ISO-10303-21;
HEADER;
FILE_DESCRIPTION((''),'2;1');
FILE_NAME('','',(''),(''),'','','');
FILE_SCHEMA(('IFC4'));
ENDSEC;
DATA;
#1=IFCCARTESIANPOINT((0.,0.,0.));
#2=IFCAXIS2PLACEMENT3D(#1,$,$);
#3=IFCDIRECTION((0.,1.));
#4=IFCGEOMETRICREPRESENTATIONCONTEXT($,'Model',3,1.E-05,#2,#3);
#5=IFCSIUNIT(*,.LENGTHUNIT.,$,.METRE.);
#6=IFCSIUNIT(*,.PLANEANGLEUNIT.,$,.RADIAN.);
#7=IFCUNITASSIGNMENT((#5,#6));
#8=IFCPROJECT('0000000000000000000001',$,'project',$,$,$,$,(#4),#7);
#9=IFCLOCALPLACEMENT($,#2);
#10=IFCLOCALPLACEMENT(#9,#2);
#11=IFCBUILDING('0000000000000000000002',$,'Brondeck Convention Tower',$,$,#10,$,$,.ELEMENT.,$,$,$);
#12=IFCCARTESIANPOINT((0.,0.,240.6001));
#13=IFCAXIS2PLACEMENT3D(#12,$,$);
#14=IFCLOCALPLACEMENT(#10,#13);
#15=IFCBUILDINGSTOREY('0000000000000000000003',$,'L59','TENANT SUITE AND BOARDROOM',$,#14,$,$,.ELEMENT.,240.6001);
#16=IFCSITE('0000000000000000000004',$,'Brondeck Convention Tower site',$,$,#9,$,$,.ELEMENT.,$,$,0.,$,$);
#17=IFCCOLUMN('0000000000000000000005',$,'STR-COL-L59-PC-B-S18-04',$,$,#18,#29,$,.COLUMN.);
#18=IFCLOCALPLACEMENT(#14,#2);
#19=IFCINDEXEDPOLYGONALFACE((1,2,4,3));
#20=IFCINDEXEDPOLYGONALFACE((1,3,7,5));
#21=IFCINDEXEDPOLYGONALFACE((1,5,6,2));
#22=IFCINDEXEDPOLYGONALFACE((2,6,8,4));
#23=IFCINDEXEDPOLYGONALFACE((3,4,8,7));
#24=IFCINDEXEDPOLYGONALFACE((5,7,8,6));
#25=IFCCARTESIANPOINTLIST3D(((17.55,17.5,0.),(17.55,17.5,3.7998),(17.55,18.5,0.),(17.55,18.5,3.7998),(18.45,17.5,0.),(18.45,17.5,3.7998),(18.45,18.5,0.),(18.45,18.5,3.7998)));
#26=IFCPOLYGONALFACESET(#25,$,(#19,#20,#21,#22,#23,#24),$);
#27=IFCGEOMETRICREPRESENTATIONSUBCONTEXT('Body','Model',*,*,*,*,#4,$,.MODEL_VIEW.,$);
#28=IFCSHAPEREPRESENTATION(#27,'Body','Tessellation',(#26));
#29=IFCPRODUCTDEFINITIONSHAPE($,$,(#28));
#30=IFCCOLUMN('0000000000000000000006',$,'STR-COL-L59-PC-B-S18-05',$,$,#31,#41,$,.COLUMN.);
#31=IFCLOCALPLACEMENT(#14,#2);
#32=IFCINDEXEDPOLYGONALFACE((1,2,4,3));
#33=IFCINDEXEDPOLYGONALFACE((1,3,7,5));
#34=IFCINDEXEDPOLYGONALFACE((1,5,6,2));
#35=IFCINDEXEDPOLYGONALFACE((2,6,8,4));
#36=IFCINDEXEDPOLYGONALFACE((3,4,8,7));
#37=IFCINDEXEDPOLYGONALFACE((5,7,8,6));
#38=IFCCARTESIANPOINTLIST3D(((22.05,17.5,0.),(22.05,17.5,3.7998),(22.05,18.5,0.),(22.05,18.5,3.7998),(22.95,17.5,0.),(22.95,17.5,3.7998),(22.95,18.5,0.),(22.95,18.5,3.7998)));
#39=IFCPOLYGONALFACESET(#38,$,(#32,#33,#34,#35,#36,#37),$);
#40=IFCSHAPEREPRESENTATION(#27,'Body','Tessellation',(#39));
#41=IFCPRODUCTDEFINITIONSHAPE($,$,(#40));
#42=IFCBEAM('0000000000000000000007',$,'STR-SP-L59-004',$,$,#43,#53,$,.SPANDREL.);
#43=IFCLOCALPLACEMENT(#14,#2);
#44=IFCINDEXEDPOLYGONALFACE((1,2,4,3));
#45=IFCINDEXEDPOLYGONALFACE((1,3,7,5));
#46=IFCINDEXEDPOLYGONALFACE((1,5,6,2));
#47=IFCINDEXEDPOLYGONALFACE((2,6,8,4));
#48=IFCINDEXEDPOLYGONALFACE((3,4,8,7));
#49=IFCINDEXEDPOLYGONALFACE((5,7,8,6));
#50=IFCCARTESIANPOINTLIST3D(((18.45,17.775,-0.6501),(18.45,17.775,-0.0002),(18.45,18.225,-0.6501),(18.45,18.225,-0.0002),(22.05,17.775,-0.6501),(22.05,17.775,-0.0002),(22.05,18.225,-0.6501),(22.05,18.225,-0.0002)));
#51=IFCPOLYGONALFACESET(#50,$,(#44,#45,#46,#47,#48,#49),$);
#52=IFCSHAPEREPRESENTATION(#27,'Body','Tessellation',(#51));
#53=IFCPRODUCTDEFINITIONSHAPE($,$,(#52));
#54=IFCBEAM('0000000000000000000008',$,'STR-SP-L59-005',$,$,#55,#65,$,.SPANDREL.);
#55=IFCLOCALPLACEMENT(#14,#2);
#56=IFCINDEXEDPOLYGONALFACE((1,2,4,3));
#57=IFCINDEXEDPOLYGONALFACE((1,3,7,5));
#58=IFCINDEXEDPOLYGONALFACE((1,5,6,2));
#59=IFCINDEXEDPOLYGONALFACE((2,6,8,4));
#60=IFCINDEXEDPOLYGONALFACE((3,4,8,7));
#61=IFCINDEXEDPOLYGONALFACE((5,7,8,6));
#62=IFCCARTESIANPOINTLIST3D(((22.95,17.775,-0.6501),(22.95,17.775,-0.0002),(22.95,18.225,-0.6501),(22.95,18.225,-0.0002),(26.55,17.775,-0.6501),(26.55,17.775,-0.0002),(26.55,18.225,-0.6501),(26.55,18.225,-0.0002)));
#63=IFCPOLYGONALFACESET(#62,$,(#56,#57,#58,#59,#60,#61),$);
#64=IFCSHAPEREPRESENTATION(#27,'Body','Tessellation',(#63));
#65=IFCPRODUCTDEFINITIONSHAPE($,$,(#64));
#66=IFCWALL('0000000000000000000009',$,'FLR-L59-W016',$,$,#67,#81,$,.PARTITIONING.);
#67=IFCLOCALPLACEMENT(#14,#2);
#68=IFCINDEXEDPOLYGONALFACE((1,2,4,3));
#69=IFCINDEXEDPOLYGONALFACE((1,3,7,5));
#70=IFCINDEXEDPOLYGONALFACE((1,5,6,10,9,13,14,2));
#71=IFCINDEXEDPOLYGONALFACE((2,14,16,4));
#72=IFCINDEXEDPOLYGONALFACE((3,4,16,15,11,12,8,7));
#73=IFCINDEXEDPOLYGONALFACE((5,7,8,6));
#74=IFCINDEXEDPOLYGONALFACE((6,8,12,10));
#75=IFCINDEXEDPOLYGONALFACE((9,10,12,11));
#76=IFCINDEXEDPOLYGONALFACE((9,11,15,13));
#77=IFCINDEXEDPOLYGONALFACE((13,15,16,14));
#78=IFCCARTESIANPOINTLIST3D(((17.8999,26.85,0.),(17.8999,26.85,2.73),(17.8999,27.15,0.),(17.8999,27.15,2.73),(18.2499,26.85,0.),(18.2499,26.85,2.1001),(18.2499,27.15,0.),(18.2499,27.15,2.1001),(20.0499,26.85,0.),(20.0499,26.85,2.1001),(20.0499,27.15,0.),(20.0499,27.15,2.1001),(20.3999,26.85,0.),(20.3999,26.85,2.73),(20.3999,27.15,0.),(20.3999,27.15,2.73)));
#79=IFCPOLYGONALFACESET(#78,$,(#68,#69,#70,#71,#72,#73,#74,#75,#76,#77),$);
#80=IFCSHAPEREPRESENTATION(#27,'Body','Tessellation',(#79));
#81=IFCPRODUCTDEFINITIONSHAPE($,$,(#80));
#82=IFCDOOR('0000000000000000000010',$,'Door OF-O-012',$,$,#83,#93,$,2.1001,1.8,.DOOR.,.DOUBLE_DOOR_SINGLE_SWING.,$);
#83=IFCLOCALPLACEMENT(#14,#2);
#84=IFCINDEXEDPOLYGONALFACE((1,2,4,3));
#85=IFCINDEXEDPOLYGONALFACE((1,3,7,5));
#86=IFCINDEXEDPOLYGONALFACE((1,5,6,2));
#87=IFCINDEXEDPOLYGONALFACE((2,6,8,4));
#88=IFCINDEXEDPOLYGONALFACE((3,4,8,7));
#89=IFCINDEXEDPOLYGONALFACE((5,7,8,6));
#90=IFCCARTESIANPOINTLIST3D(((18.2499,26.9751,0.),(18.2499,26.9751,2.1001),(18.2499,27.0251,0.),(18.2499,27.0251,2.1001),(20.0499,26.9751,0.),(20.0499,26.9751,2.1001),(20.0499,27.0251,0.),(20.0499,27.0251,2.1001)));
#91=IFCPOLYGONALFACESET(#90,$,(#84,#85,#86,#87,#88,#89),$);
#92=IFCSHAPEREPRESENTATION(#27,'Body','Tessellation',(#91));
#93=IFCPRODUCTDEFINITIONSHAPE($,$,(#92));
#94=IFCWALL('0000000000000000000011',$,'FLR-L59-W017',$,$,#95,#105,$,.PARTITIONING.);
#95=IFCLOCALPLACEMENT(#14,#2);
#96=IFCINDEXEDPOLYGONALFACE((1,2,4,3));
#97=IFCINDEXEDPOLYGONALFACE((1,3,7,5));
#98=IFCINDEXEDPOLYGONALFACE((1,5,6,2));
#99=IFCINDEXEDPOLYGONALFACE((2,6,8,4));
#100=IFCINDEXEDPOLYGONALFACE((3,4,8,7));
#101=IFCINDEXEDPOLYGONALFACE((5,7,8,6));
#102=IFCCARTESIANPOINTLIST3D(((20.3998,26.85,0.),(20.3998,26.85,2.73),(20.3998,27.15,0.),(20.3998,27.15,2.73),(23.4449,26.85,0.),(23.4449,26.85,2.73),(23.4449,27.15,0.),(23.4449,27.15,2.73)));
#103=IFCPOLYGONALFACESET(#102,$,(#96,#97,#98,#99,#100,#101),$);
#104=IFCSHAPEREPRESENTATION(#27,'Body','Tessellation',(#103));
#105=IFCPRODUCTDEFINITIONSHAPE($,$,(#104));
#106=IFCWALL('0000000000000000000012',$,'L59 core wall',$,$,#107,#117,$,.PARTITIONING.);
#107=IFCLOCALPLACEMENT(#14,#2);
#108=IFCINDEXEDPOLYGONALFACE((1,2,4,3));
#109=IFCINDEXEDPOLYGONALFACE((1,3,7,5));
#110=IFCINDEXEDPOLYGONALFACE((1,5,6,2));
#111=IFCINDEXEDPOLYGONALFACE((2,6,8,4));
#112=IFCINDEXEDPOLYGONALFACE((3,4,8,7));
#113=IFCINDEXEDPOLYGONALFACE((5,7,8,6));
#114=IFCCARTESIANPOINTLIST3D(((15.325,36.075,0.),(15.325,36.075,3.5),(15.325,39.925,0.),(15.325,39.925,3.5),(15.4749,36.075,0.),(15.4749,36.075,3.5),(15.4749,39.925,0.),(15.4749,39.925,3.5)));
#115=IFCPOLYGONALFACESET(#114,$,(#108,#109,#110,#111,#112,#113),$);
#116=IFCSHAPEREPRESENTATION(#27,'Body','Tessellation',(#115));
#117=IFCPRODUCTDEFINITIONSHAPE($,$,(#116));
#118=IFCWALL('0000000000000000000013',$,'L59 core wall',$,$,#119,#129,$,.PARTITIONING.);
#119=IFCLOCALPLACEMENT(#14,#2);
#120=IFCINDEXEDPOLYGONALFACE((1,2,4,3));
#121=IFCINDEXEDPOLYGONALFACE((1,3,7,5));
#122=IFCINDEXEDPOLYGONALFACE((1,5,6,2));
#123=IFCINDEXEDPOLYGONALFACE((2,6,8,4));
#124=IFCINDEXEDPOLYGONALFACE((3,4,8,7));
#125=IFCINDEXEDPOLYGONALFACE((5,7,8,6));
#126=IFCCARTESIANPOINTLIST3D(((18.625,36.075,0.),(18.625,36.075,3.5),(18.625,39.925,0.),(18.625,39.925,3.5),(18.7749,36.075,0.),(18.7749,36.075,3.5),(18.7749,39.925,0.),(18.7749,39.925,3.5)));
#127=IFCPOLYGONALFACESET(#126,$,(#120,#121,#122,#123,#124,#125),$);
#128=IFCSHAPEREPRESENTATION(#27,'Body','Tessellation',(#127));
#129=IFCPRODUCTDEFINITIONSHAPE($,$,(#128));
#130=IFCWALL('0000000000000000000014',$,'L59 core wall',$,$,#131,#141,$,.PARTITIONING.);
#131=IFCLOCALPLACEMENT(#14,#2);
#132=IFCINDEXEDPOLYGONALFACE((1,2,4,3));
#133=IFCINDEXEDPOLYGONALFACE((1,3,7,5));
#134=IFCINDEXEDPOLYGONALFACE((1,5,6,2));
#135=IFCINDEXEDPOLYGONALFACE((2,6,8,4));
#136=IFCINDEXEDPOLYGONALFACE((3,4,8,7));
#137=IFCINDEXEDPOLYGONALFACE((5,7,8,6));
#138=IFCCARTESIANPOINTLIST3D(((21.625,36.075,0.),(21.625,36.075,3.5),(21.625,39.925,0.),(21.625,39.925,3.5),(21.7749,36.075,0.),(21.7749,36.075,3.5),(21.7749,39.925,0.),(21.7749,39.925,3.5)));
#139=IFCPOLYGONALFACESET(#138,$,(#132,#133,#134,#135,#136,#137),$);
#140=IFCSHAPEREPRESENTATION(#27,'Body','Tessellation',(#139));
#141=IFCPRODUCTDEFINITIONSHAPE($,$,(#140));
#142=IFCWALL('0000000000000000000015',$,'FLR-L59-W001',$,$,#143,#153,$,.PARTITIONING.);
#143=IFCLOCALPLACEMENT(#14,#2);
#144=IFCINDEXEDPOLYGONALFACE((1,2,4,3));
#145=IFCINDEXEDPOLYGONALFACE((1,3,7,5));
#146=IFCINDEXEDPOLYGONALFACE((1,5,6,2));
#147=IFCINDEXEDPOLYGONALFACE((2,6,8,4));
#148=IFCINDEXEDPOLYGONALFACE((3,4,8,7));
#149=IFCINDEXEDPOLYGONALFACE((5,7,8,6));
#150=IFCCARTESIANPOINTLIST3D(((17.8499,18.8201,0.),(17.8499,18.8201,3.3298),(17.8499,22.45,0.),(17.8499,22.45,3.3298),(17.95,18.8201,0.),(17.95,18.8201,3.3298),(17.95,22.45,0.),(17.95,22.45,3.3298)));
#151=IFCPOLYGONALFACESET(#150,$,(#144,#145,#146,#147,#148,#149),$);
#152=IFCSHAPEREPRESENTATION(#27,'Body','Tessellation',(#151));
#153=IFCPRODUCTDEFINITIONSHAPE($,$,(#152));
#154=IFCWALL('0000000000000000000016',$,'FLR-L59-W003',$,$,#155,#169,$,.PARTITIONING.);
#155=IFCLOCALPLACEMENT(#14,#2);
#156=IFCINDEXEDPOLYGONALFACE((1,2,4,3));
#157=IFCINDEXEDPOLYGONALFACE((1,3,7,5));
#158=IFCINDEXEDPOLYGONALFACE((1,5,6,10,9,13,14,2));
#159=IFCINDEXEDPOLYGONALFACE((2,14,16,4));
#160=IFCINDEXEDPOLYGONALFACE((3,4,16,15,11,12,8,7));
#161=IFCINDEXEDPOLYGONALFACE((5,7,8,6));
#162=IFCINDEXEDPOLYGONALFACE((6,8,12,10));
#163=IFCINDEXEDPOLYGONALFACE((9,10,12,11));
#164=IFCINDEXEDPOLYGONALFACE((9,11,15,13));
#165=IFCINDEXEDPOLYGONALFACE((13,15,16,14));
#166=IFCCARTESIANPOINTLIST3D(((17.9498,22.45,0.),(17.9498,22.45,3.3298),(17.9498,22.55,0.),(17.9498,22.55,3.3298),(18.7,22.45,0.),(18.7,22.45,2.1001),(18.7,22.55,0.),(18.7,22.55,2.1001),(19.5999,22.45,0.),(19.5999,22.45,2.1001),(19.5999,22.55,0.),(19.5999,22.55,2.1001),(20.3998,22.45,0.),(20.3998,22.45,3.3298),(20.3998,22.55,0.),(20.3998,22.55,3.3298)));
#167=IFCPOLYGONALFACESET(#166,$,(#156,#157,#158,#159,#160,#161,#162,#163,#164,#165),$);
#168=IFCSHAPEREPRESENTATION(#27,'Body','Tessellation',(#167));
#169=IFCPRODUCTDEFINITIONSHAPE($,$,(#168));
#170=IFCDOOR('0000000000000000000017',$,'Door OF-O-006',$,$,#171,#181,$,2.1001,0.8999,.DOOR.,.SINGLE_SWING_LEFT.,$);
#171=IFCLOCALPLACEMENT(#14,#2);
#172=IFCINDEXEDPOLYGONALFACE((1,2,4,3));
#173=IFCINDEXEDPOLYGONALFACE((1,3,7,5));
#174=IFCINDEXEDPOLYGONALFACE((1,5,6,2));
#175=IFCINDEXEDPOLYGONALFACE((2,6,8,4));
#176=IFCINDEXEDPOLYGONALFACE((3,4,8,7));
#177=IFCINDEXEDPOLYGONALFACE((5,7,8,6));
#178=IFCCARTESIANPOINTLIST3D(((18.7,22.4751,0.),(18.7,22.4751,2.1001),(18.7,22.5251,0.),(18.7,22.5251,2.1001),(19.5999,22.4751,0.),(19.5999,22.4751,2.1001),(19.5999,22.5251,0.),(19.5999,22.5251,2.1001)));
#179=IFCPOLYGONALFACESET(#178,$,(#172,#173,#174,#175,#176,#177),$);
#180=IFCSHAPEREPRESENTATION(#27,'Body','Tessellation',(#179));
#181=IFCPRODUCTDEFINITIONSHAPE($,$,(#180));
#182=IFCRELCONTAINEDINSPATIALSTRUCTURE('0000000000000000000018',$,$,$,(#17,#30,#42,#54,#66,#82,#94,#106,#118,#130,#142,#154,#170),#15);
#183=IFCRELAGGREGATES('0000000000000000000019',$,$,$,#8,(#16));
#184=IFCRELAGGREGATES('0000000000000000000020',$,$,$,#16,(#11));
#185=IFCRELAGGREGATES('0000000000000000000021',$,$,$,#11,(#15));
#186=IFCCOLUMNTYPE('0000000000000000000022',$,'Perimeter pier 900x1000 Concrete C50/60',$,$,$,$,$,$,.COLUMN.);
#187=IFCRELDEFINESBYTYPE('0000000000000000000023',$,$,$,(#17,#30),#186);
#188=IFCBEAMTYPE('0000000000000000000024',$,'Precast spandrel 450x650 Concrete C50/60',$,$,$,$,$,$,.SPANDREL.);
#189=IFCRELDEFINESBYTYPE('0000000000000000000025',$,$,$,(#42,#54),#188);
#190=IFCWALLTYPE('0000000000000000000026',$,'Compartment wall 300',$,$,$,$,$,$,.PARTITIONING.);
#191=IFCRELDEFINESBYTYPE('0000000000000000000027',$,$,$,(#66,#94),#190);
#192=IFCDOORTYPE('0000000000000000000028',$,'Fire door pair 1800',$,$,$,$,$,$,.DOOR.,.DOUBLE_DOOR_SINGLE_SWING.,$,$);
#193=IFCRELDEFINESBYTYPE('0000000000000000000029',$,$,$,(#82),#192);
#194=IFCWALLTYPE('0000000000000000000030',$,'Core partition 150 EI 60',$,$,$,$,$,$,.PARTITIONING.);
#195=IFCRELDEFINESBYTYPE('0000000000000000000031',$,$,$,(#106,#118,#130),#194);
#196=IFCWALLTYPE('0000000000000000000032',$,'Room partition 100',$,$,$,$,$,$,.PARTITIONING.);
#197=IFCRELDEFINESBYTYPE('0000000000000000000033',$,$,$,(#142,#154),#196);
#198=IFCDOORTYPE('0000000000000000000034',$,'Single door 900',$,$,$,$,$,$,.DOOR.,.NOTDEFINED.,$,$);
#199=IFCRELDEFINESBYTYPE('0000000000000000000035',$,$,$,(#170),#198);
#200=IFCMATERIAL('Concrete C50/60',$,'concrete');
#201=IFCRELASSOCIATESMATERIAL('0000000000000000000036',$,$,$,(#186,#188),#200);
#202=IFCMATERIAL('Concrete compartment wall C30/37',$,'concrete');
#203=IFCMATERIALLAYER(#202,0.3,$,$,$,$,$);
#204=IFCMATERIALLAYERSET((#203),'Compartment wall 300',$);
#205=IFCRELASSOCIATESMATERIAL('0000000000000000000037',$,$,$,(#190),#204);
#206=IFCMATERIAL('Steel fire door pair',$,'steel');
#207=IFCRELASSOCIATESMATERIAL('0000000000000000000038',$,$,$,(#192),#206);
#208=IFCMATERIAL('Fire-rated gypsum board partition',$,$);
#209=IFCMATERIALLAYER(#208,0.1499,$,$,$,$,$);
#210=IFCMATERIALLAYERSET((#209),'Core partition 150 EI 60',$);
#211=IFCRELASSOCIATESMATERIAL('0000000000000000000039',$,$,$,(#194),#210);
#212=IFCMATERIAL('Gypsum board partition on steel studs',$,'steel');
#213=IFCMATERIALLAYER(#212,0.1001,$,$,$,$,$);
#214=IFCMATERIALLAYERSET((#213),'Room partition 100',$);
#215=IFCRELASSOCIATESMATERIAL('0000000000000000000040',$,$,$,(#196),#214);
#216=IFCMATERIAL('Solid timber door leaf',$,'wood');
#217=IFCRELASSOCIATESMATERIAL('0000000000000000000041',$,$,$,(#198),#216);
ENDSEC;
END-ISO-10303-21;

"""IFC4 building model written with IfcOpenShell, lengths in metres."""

from ifc_helpers import new_model, si_unit, direction, frame, frame_2d, origin, origin_2d, place, context, subcontext, project, spatial, rectangle, extrude, material, layer, layer_set, material_profile, profile_set, type_object, element, fill, save


model = new_model("IFC4")

# Units and contexts
model_context = context("Model", 3, precision=1e-05, world=origin(), true_north=direction((0.0, 1.0)))
body_context = subcontext(model_context, "Body", "Model", "MODEL_VIEW")
ifc_project = project(units=[si_unit("LENGTHUNIT", "METRE"), si_unit("PLANEANGLEUNIT", "RADIAN")], contexts=[model_context])

# Site, building, storey
site_placement = place(None, origin())
site = spatial("IfcSite", under=ifc_project, at=site_placement, Name="Brondeck Convention Tower site", CompositionType="ELEMENT", RefElevation=0.0)
building_placement = place(site_placement, origin())
building = spatial("IfcBuilding", under=site, at=building_placement, Name="Brondeck Convention Tower", CompositionType="ELEMENT")
storey_placement = place(building_placement, frame((0.0, 0.0, 240.6001)))
storey = spatial("IfcBuildingStorey", under=building, at=storey_placement, Name="L59", Description="TENANT SUITE AND BOARDROOM", CompositionType="ELEMENT", Elevation=240.6001)

# Columns
ifc_material_1 = material(Name="Concrete C50/60", Category="concrete")
ifc_material_profile_1 = material_profile(ifc_material_1, rectangle(XDim=0.8999, YDim=1.0, at=origin_2d()), Name="Perimeter pier 900x1000 Concrete C50/60")
ifc_profile_set_1 = profile_set([ifc_material_profile_1], Name="Concrete C50/60")
column_type = type_object("IfcColumnType", Name="Perimeter pier 900x1000 Concrete C50/60", PredefinedType="COLUMN", material=ifc_profile_set_1)
for number, where, z_axis, x_axis, name in (
    (1, (18.0, 18.0, 0.0), (0.0, 0.0, 1.0), (1.0, 0.0, 0.0), "STR-COL-L59-PC-B-S18-04"),
    (2, (22.5, 18.0, 0.0), (0.0, 0.0, 1.0), (1.0, 0.0, 0.0), "STR-COL-L59-PC-B-S18-05"),
):
    element("IfcColumn", number, at=place(storey_placement, frame(where, z_axis=z_axis, x_axis=x_axis)), inside=storey, type_object=column_type, Name=name, PredefinedType="COLUMN", context=body_context, shape_type="SweptSolid", body=[
        extrude(rectangle(XDim=0.8999, YDim=1.0, at=origin_2d()), origin(), (0.0, 0.0, 1.0), 3.7998),
    ])

# Beams
ifc_material_profile_2 = material_profile(ifc_material_1, rectangle(XDim=0.45, YDim=0.6499, at=origin_2d()), Name="Precast spandrel 450x650 Concrete C50/60")
ifc_profile_set_2 = profile_set([ifc_material_profile_2], Name="Concrete C50/60")
beam_type = type_object("IfcBeamType", Name="Precast spandrel 450x650 Concrete C50/60", PredefinedType="SPANDREL", material=ifc_profile_set_2)
for number, where, z_axis, x_axis, name in (
    (3, (18.45, 18.0, -0.3252), (1.0, 0.0, 0.0), (0.0, 1.0, 0.0), "STR-SP-L59-004"),
    (4, (22.95, 18.0, -0.3252), (1.0, 0.0, 0.0), (0.0, 1.0, 0.0), "STR-SP-L59-005"),
):
    element("IfcBeam", number, at=place(storey_placement, frame(where, z_axis=z_axis, x_axis=x_axis)), inside=storey, type_object=beam_type, Name=name, PredefinedType="SPANDREL", context=body_context, shape_type="SweptSolid", body=[
        extrude(rectangle(XDim=0.45, YDim=0.6499, at=origin_2d()), origin(), (0.0, 0.0, 1.0), 3.6001),
    ])

# Wall, opening, door
ifc_material_2 = material(Name="Concrete compartment wall C30/37", Category="concrete")
ifc_layer_1 = layer(ifc_material_2, 0.3)
ifc_layer_set_1 = layer_set([ifc_layer_1], Name="Compartment wall 300")
wall_type_1 = type_object("IfcWallType", Name="Compartment wall 300", PredefinedType="PARTITIONING", material=ifc_layer_set_1)
wall_1_placement = place(storey_placement, frame((20.3999, 27.0, 0.0), z_axis=(0.0, 0.0, 1.0), x_axis=(-1.0, 0.0, 0.0)))
wall_1 = element("IfcWall", 5, at=wall_1_placement, inside=storey, type_object=wall_type_1, Name="FLR-L59-W016", PredefinedType="PARTITIONING", context=body_context, shape_type="SweptSolid", body=[
    extrude(rectangle(XDim=2.5, YDim=0.3, at=frame_2d((1.25, 0.0))), origin(), (0.0, 0.0, 1.0), 2.73),
])
opening_1_placement = place(wall_1_placement, frame((0.3501, 0.0, 0.0)))
opening_1 = element("IfcOpeningElement", 6, at=opening_1_placement, cuts=wall_1, PredefinedType="OPENING", context=body_context, shape_type="SweptSolid", body=[
    extrude(rectangle(XDim=1.8, YDim=2.1001, at=frame_2d((0.8999, 1.05))), frame((0.0, 0.1599, 0.0), z_axis=(0.0, -1.0, 0.0), x_axis=(1.0, 0.0, 0.0)), (0.0, 0.0, 1.0), 0.3201),
])
ifc_material_3 = material(Name="Steel fire door pair", Category="steel")
door_type_1 = type_object("IfcDoorType", Name="Fire door pair 1800", OperationType="DOUBLE_DOOR_SINGLE_SWING", PredefinedType="DOOR", material=ifc_material_3)
door_1_placement = place(opening_1_placement, origin())
door_1 = element("IfcDoor", 7, at=door_1_placement, inside=storey, type_object=door_type_1, Name="Door OF-O-012", OperationType="DOUBLE_DOOR_SINGLE_SWING", OverallHeight=2.1001, OverallWidth=1.8, PredefinedType="DOOR", context=body_context, shape_type="SweptSolid", body=[
    extrude(rectangle(XDim=1.8, YDim=2.1001, at=frame_2d((0.8999, 1.05))), frame((0.0, 0.0249, 0.0), z_axis=(0.0, -1.0, 0.0), x_axis=(1.0, 0.0, 0.0)), (0.0, 0.0, 1.0), 0.05),
])
fill(opening_1, door_1)

# Walls
wall_2_placement = place(storey_placement, frame((20.3999, 27.0, 0.0), z_axis=(0.0, 0.0, 1.0), x_axis=(1.0, 0.0, 0.0)))
element("IfcWall", 8, at=wall_2_placement, inside=storey, type_object=wall_type_1, Name="FLR-L59-W017", PredefinedType="PARTITIONING", context=body_context, shape_type="SweptSolid", body=[
    extrude(rectangle(XDim=3.0452, YDim=0.3, at=frame_2d((1.5225, 0.0))), origin(), (0.0, 0.0, 1.0), 2.73),
])
ifc_material_4 = material(Name="Fire-rated gypsum board partition")
ifc_layer_2 = layer(ifc_material_4, 0.1499)
ifc_layer_set_2 = layer_set([ifc_layer_2], Name="Core partition 150 EI 60")
wall_type_2 = type_object("IfcWallType", Name="Core partition 150 EI 60", PredefinedType="PARTITIONING", material=ifc_layer_set_2)
for number, where, z_axis, x_axis, name in (
    (9, (15.3999, 36.075, 0.0), (0.0, 0.0, 1.0), (0.0, 1.0, 0.0), "L59 core wall"),
    (10, (18.7, 36.075, 0.0), (0.0, 0.0, 1.0), (0.0, 1.0, 0.0), "L59 core wall"),
    (11, (21.7, 36.075, 0.0), (0.0, 0.0, 1.0), (0.0, 1.0, 0.0), "L59 core wall"),
):
    element("IfcWall", number, at=place(storey_placement, frame(where, z_axis=z_axis, x_axis=x_axis)), inside=storey, type_object=wall_type_2, Name=name, PredefinedType="PARTITIONING", context=body_context, shape_type="SweptSolid", body=[
        extrude(rectangle(XDim=3.8501, YDim=0.1499, at=frame_2d((1.925, 0.0))), origin(), (0.0, 0.0, 1.0), 3.5),
    ])
ifc_material_5 = material(Name="Gypsum board partition on steel studs", Category="steel")
ifc_layer_3 = layer(ifc_material_5, 0.1001)
ifc_layer_set_3 = layer_set([ifc_layer_3], Name="Room partition 100")
wall_type_3 = type_object("IfcWallType", Name="Room partition 100", PredefinedType="PARTITIONING", material=ifc_layer_set_3)
wall_3_placement = place(storey_placement, frame((17.8999, 22.45, 0.0), z_axis=(0.0, 0.0, 1.0), x_axis=(0.0, -1.0, 0.0)))
element("IfcWall", 12, at=wall_3_placement, inside=storey, type_object=wall_type_3, Name="FLR-L59-W001", PredefinedType="PARTITIONING", context=body_context, shape_type="SweptSolid", body=[
    extrude(rectangle(XDim=3.6299, YDim=0.1001, at=frame_2d((1.8149, 0.0))), origin(), (0.0, 0.0, 1.0), 3.3298),
])

# Wall, opening, door
wall_4_placement = place(storey_placement, frame((20.3999, 22.5, 0.0), z_axis=(0.0, 0.0, 1.0), x_axis=(-1.0, 0.0, 0.0)))
wall_4 = element("IfcWall", 13, at=wall_4_placement, inside=storey, type_object=wall_type_3, Name="FLR-L59-W003", PredefinedType="PARTITIONING", context=body_context, shape_type="SweptSolid", body=[
    extrude(rectangle(XDim=2.45, YDim=0.1001, at=frame_2d((1.2251, 0.0))), origin(), (0.0, 0.0, 1.0), 3.3298),
])
opening_2_placement = place(wall_4_placement, frame((0.8, 0.0, 0.0)))
opening_2 = element("IfcOpeningElement", 14, at=opening_2_placement, cuts=wall_4, PredefinedType="OPENING", context=body_context, shape_type="SweptSolid", body=[
    extrude(rectangle(XDim=0.8999, YDim=2.1001, at=frame_2d((0.45, 1.05))), frame((0.0, 0.0601, 0.0), z_axis=(0.0, -1.0, 0.0), x_axis=(1.0, 0.0, 0.0)), (0.0, 0.0, 1.0), 0.1201),
])
ifc_material_6 = material(Name="Solid timber door leaf", Category="wood")
door_type_2 = type_object("IfcDoorType", Name="Single door 900", OperationType="NOTDEFINED", PredefinedType="DOOR", material=ifc_material_6)
door_2_placement = place(opening_2_placement, origin())
door_2 = element("IfcDoor", 15, at=door_2_placement, inside=storey, type_object=door_type_2, Name="Door OF-O-006", OperationType="SINGLE_SWING_LEFT", OverallHeight=2.1001, OverallWidth=0.8999, PredefinedType="DOOR", context=body_context, shape_type="SweptSolid", body=[
    extrude(rectangle(XDim=0.8999, YDim=2.1001, at=frame_2d((0.45, 1.05))), frame((0.0, 0.0249, 0.0), z_axis=(0.0, -1.0, 0.0), x_axis=(1.0, 0.0, 0.0)), (0.0, 0.0, 1.0), 0.05),
])
fill(opening_2, door_2)

save(model, "model.ifc")
